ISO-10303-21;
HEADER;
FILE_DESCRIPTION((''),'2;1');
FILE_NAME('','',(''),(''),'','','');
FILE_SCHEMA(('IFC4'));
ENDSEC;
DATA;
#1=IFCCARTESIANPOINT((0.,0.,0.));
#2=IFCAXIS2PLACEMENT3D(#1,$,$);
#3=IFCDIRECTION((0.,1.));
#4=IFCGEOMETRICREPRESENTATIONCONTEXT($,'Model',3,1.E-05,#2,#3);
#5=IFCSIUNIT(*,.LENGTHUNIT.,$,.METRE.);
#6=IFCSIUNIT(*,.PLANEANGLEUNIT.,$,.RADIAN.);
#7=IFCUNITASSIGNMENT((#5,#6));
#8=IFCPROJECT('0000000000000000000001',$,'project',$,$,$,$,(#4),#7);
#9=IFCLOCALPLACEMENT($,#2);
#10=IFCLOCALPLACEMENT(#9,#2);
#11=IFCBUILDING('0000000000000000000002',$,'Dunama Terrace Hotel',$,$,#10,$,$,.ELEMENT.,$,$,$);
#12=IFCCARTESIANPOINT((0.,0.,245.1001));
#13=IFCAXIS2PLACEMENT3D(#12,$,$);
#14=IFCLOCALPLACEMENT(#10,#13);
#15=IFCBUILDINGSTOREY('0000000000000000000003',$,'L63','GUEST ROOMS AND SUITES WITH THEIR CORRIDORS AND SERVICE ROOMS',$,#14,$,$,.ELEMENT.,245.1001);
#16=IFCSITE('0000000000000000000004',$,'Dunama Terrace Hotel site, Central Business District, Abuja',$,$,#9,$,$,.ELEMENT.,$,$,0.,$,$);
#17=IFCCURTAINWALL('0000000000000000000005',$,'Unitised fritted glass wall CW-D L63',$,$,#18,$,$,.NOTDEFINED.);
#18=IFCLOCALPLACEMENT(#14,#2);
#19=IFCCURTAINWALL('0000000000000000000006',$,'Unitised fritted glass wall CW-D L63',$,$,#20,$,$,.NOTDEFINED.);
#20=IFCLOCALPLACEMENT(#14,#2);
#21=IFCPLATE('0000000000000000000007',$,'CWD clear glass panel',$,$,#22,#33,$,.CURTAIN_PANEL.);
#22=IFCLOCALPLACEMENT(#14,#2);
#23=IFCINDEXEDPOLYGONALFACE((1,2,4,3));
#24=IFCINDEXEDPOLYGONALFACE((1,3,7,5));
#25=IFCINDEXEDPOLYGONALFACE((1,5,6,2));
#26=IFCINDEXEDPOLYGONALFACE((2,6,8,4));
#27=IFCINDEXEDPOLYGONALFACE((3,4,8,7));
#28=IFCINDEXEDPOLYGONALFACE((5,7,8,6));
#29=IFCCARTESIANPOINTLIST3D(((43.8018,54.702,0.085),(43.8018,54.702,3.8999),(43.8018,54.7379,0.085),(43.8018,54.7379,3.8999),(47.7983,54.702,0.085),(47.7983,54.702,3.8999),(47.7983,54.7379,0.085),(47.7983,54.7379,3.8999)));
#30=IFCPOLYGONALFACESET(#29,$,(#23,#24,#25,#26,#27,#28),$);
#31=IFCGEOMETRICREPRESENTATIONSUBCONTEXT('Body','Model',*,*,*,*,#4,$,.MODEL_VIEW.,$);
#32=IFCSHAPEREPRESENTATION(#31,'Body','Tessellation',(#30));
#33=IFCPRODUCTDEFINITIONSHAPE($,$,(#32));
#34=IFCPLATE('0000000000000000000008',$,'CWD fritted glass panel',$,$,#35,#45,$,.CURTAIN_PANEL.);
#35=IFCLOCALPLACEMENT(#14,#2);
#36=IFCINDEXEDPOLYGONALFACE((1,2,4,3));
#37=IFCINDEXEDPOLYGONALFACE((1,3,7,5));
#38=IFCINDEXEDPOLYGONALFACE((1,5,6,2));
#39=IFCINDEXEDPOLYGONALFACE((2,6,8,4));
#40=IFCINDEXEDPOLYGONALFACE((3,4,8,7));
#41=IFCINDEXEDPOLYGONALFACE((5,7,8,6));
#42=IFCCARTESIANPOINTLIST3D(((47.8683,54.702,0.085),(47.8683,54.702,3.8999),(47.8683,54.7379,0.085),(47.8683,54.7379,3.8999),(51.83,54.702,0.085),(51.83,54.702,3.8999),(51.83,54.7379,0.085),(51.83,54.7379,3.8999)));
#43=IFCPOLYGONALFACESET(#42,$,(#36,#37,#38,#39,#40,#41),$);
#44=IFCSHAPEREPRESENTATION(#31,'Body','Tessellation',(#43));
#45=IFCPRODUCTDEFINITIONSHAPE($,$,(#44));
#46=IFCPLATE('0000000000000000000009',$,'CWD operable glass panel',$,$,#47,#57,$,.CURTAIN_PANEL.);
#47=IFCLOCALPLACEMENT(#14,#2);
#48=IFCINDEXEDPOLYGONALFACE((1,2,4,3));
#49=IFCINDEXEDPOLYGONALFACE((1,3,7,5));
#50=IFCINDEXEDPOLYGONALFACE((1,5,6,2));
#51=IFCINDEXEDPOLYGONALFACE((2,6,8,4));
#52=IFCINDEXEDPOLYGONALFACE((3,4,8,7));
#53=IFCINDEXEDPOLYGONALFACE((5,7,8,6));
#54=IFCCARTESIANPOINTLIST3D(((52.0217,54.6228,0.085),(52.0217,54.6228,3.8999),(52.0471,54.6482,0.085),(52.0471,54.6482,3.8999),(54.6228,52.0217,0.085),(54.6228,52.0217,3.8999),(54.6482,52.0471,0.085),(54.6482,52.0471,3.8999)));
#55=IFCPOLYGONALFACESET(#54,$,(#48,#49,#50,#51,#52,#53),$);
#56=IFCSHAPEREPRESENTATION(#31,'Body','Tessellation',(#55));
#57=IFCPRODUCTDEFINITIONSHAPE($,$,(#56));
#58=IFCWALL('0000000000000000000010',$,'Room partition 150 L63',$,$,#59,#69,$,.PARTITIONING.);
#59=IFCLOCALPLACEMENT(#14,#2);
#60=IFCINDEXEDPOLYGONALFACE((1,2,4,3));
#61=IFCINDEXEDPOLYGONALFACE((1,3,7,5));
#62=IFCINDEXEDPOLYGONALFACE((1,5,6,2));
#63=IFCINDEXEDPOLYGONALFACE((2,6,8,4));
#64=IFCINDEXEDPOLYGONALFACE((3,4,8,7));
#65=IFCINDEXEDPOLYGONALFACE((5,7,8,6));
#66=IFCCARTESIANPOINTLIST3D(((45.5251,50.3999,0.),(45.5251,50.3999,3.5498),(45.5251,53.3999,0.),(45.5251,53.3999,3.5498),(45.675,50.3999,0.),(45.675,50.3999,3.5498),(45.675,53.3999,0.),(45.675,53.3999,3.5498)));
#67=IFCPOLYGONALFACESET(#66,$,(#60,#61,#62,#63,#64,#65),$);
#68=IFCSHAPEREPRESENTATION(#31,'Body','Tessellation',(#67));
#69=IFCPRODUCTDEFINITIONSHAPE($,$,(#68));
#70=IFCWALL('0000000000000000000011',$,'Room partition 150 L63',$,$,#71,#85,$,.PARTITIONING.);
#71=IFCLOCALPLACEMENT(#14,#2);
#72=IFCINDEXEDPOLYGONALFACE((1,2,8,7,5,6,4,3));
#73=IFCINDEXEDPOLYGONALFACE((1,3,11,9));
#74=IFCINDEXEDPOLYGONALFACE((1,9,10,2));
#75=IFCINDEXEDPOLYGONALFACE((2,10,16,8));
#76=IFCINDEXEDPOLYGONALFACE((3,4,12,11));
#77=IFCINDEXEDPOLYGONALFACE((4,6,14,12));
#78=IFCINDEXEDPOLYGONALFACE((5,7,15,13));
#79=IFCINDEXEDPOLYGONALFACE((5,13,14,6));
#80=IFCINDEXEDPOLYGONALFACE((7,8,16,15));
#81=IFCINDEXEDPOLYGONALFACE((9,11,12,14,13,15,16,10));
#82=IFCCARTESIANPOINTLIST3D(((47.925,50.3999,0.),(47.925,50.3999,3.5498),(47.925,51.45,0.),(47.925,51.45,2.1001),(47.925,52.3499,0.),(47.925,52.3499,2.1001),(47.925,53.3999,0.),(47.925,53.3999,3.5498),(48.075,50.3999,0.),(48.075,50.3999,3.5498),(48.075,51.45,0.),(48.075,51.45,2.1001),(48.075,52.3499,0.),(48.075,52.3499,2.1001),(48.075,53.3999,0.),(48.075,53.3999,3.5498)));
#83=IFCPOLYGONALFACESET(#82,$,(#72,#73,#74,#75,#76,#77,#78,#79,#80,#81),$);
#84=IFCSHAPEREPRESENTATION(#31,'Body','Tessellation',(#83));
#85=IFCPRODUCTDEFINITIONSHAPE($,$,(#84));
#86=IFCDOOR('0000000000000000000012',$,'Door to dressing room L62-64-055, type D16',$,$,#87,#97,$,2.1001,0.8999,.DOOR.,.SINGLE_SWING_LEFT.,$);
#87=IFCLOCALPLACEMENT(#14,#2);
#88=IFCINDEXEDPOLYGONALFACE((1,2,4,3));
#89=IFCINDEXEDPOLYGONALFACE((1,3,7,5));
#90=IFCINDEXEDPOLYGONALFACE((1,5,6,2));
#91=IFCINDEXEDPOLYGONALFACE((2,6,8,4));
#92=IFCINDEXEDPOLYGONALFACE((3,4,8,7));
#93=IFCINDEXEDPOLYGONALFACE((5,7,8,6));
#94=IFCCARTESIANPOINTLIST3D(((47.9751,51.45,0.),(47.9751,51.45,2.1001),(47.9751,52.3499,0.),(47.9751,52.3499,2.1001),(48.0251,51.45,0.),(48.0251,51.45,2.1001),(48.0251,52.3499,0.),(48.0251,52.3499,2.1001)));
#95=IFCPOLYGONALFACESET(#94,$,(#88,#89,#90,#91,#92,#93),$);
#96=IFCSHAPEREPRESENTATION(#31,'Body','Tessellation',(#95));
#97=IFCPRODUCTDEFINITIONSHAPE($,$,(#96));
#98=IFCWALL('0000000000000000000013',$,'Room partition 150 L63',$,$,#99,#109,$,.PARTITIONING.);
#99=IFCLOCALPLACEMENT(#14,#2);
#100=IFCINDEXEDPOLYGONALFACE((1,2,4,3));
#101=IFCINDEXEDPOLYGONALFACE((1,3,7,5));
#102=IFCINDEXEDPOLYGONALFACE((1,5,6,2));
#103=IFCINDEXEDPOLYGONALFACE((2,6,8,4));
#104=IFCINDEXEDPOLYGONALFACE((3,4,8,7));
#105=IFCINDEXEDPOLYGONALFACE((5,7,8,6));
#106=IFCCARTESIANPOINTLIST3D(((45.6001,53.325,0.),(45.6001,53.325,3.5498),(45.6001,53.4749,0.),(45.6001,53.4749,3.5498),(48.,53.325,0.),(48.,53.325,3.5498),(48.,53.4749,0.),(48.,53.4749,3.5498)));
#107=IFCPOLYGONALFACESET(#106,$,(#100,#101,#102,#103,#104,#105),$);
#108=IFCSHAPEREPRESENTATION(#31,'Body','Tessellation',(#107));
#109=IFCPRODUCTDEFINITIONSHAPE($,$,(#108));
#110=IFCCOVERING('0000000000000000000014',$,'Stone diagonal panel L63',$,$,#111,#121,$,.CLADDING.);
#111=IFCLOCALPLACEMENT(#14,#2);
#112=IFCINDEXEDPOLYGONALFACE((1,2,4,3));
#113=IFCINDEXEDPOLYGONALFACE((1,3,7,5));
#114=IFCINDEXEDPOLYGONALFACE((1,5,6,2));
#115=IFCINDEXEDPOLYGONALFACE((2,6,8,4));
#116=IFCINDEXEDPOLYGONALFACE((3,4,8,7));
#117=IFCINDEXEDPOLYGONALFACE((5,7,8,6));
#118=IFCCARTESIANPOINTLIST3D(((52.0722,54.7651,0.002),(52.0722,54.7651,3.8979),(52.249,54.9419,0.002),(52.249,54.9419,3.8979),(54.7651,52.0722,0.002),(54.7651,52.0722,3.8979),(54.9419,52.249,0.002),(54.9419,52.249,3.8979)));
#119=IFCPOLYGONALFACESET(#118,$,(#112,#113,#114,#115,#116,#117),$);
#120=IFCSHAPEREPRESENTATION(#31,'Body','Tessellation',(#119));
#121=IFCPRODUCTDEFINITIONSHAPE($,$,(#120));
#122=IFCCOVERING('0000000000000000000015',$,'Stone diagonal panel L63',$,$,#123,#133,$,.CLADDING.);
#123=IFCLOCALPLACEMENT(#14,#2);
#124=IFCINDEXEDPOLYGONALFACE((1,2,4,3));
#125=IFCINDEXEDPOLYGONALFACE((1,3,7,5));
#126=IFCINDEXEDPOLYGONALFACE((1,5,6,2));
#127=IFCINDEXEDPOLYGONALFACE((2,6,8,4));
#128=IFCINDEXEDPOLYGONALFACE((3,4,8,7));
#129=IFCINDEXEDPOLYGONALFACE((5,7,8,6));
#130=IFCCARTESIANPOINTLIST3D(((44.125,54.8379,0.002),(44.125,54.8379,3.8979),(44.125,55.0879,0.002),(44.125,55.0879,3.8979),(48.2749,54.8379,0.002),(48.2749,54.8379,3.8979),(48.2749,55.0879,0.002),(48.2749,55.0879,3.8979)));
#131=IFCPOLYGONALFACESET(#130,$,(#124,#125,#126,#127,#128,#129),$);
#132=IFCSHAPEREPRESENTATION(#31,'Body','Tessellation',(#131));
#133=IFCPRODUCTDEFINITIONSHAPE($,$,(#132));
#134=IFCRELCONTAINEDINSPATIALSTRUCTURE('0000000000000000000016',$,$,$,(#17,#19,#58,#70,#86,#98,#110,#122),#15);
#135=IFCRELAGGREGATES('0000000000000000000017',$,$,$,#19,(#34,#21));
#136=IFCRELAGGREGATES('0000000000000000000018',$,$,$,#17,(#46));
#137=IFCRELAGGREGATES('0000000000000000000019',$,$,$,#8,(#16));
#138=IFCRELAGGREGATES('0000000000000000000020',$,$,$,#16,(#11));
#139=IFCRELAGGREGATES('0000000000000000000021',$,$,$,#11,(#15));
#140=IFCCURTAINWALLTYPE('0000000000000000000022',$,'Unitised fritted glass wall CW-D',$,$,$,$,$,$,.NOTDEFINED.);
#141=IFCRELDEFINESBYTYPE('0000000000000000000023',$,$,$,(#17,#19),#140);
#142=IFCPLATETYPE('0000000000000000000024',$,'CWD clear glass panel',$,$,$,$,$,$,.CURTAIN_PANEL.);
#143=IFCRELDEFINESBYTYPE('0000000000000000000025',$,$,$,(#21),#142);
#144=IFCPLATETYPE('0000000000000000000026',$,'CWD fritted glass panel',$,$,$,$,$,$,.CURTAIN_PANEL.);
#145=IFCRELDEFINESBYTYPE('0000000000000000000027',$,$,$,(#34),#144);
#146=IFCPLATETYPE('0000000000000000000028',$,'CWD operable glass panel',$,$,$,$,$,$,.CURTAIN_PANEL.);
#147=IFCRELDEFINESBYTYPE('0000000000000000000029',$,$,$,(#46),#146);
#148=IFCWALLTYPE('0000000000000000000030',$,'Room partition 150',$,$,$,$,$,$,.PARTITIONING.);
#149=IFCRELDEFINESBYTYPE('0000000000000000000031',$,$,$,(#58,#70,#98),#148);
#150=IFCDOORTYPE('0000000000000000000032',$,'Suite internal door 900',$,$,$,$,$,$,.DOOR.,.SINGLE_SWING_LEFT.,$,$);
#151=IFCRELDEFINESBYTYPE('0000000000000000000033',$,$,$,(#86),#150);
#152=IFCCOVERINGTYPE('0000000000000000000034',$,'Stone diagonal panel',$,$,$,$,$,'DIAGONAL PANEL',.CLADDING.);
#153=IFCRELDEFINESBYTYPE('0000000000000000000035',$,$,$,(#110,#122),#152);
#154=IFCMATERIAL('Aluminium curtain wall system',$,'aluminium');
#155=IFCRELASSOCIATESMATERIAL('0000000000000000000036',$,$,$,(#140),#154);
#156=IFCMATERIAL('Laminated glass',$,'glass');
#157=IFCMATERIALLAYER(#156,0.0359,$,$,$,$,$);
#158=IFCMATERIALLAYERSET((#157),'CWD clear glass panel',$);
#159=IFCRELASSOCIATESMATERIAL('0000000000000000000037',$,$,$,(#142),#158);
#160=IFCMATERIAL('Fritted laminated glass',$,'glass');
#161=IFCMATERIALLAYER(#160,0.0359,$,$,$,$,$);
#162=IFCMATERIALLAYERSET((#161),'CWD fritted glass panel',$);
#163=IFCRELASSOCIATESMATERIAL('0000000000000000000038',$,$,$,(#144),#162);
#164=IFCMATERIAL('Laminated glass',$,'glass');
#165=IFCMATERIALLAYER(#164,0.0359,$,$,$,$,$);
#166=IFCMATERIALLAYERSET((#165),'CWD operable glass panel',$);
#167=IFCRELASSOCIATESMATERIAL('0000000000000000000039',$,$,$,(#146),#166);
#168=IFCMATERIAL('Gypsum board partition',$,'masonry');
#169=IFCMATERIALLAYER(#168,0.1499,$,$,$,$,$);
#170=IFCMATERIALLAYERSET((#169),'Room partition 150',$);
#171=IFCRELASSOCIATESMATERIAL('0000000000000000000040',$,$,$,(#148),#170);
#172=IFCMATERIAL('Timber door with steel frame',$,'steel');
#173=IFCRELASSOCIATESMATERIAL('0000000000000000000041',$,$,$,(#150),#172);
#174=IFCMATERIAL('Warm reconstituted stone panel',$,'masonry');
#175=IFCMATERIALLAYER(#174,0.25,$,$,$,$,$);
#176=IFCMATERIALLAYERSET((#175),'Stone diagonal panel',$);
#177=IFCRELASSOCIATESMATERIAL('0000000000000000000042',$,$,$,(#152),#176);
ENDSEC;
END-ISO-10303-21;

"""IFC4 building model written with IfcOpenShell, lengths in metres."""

from ifc_helpers import new_model, si_unit, direction, frame, frame_2d, origin, origin_2d, place, context, subcontext, project, spatial, rectangle, extrude, material, layer, layer_set, type_object, element, fill, aggregate, save


model = new_model("IFC4")

# Units and contexts
model_context = context("Model", 3, precision=1e-05, world=origin(), true_north=direction((0.0, 1.0)))
body_context = subcontext(model_context, "Body", "Model", "MODEL_VIEW")
ifc_project = project(units=[si_unit("LENGTHUNIT", "METRE"), si_unit("PLANEANGLEUNIT", "RADIAN")], contexts=[model_context])

# Site, building, storey
site_placement = place(None, origin())
site = spatial("IfcSite", under=ifc_project, at=site_placement, Name="Dunama Terrace Hotel site, Central Business District, Abuja", CompositionType="ELEMENT", RefElevation=0.0)
building_placement = place(site_placement, origin())
building = spatial("IfcBuilding", under=site, at=building_placement, Name="Dunama Terrace Hotel", CompositionType="ELEMENT")
storey_placement = place(building_placement, frame((0.0, 0.0, 245.1001)))
storey = spatial("IfcBuildingStorey", under=building, at=storey_placement, Name="L63", Description="GUEST ROOMS AND SUITES WITH THEIR CORRIDORS AND SERVICE ROOMS", CompositionType="ELEMENT", Elevation=245.1001)

# Curtain walls
ifc_material_1 = material(Name="Aluminium curtain wall system", Category="aluminium")
curtain_wall_type = type_object("IfcCurtainWallType", Name="Unitised fritted glass wall CW-D", PredefinedType="NOTDEFINED", material=ifc_material_1)
curtain_wall_1_placement = place(storey_placement, origin())
curtain_wall_1 = element("IfcCurtainWall", 1, at=curtain_wall_1_placement, inside=storey, type_object=curtain_wall_type, Name="Unitised fritted glass wall CW-D L63", PredefinedType="NOTDEFINED")
curtain_wall_2_placement = place(storey_placement, origin())
curtain_wall_2 = element("IfcCurtainWall", 2, at=curtain_wall_2_placement, inside=storey, type_object=curtain_wall_type, Name="Unitised fritted glass wall CW-D L63", PredefinedType="NOTDEFINED")

# Plates
ifc_material_2 = material(Name="Laminated glass", Category="glass")
ifc_layer_1 = layer(ifc_material_2, 0.0359)
ifc_layer_set_1 = layer_set([ifc_layer_1], Name="CWD clear glass panel")
plate_type_1 = type_object("IfcPlateType", Name="CWD clear glass panel", PredefinedType="CURTAIN_PANEL", material=ifc_layer_set_1)
plate_1_placement = place(storey_placement, frame((45.8, 54.72, 0.085), z_axis=(0.0, 0.0, 1.0), x_axis=(-1.0, 0.0, 0.0)))
plate_1 = element("IfcPlate", 3, at=plate_1_placement, type_object=plate_type_1, Name="CWD clear glass panel", PredefinedType="CURTAIN_PANEL", context=body_context, shape_type="SweptSolid", body=[
    extrude(rectangle(XDim=3.9966, YDim=0.0359, at=origin_2d()), origin(), (0.0, 0.0, 1.0), 3.8149),
])
ifc_material_3 = material(Name="Fritted laminated glass", Category="glass")
ifc_layer_2 = layer(ifc_material_3, 0.0359)
ifc_layer_set_2 = layer_set([ifc_layer_2], Name="CWD fritted glass panel")
plate_type_2 = type_object("IfcPlateType", Name="CWD fritted glass panel", PredefinedType="CURTAIN_PANEL", material=ifc_layer_set_2)
plate_2_placement = place(storey_placement, frame((49.8491, 54.72, 0.085), z_axis=(0.0, 0.0, 1.0), x_axis=(-1.0, 0.0, 0.0)))
plate_2 = element("IfcPlate", 4, at=plate_2_placement, type_object=plate_type_2, Name="CWD fritted glass panel", PredefinedType="CURTAIN_PANEL", context=body_context, shape_type="SweptSolid", body=[
    extrude(rectangle(XDim=3.9617, YDim=0.0359, at=origin_2d()), origin(), (0.0, 0.0, 1.0), 3.8149),
])
aggregate(curtain_wall_2, [plate_2, plate_1])
ifc_material_4 = material(Name="Laminated glass", Category="glass")
ifc_layer_3 = layer(ifc_material_4, 0.0359)
ifc_layer_set_3 = layer_set([ifc_layer_3], Name="CWD operable glass panel")
plate_type_3 = type_object("IfcPlateType", Name="CWD operable glass panel", PredefinedType="CURTAIN_PANEL", material=ifc_layer_set_3)
plate_3_placement = place(storey_placement, frame((53.335, 53.335, 0.085), z_axis=(0.0, 0.0, 1.0), x_axis=(-0.707107, 0.707107, 0.0)))
plate_3 = element("IfcPlate", 5, at=plate_3_placement, type_object=plate_type_3, Name="CWD operable glass panel", PredefinedType="CURTAIN_PANEL", context=body_context, shape_type="SweptSolid", body=[
    extrude(rectangle(XDim=3.6785, YDim=0.0359, at=origin_2d()), origin(), (0.0, 0.0, 1.0), 3.8149),
])
aggregate(curtain_wall_1, [plate_3])

# Wall
ifc_material_5 = material(Name="Gypsum board partition", Category="masonry")
ifc_layer_4 = layer(ifc_material_5, 0.1499)
ifc_layer_set_4 = layer_set([ifc_layer_4], Name="Room partition 150")
wall_type = type_object("IfcWallType", Name="Room partition 150", PredefinedType="PARTITIONING", material=ifc_layer_set_4)
wall_1_placement = place(storey_placement, frame((45.6001, 50.3999, 0.0), z_axis=(0.0, 0.0, 1.0), x_axis=(0.0, 1.0, 0.0)))
element("IfcWall", 6, at=wall_1_placement, inside=storey, type_object=wall_type, Name="Room partition 150 L63", PredefinedType="PARTITIONING", context=body_context, shape_type="SweptSolid", body=[
    extrude(rectangle(XDim=3.0, YDim=0.1499, at=frame_2d((1.5, 0.0))), origin(), (0.0, 0.0, 1.0), 3.5498),
])

# Wall, opening, door
wall_2_placement = place(storey_placement, frame((48.0, 50.3999, 0.0), z_axis=(0.0, 0.0, 1.0), x_axis=(0.0, 1.0, 0.0)))
wall_2 = element("IfcWall", 7, at=wall_2_placement, inside=storey, type_object=wall_type, Name="Room partition 150 L63", PredefinedType="PARTITIONING", context=body_context, shape_type="SweptSolid", body=[
    extrude(rectangle(XDim=3.0, YDim=0.1499, at=frame_2d((1.5, 0.0))), origin(), (0.0, 0.0, 1.0), 3.5498),
])
opening_placement = place(wall_2_placement, frame((1.05, 0.0, 0.0)))
opening = element("IfcOpeningElement", 8, at=opening_placement, cuts=wall_2, PredefinedType="OPENING", context=body_context, shape_type="SweptSolid", body=[
    extrude(rectangle(XDim=0.8999, YDim=2.1001, at=frame_2d((0.45, 1.05))), frame((0.0, 0.085, 0.0), z_axis=(0.0, -1.0, 0.0), x_axis=(1.0, 0.0, 0.0)), (0.0, 0.0, 1.0), 0.1699),
])
ifc_material_6 = material(Name="Timber door with steel frame", Category="steel")
door_type = type_object("IfcDoorType", Name="Suite internal door 900", OperationType="SINGLE_SWING_LEFT", PredefinedType="DOOR", material=ifc_material_6)
door_placement = place(opening_placement, origin())
door = element("IfcDoor", 9, at=door_placement, inside=storey, type_object=door_type, Name="Door to dressing room L62-64-055, type D16", OperationType="SINGLE_SWING_LEFT", OverallHeight=2.1001, OverallWidth=0.8999, PredefinedType="DOOR", context=body_context, shape_type="SweptSolid", body=[
    extrude(rectangle(XDim=0.8999, YDim=2.1001, at=frame_2d((0.45, 1.05))), frame((0.0, 0.0249, 0.0), z_axis=(0.0, -1.0, 0.0), x_axis=(1.0, 0.0, 0.0)), (0.0, 0.0, 1.0), 0.05),
])
fill(opening, door)

# Wall
wall_3_placement = place(storey_placement, frame((45.6001, 53.3999, 0.0), z_axis=(0.0, 0.0, 1.0), x_axis=(1.0, 0.0, 0.0)))
element("IfcWall", 10, at=wall_3_placement, inside=storey, type_object=wall_type, Name="Room partition 150 L63", PredefinedType="PARTITIONING", context=body_context, shape_type="SweptSolid", body=[
    extrude(rectangle(XDim=2.3999, YDim=0.1499, at=frame_2d((1.2, 0.0))), origin(), (0.0, 0.0, 1.0), 3.5498),
])

# Coverings
ifc_material_7 = material(Name="Warm reconstituted stone panel", Category="masonry")
ifc_layer_5 = layer(ifc_material_7, 0.25)
ifc_layer_set_5 = layer_set([ifc_layer_5], Name="Stone diagonal panel")
covering_type = type_object("IfcCoveringType", Name="Stone diagonal panel", ElementType="DIAGONAL PANEL", PredefinedType="CLADDING", material=ifc_layer_set_5)
covering_1_placement = place(storey_placement, frame((53.5071, 53.5071, 0.002), z_axis=(0.0, 0.0, 1.0), x_axis=(-0.707107, 0.707107, 0.0)))
element("IfcCovering", 11, at=covering_1_placement, inside=storey, type_object=covering_type, Name="Stone diagonal panel L63", PredefinedType="CLADDING", context=body_context, shape_type="SweptSolid", body=[
    extrude(rectangle(XDim=3.8083, YDim=0.25, at=origin_2d()), origin(), (0.0, 0.0, 1.0), 3.896),
])
covering_2_placement = place(storey_placement, frame((46.2, 54.9629, 0.002), z_axis=(0.0, 0.0, 1.0), x_axis=(-1.0, 0.0, 0.0)))
element("IfcCovering", 12, at=covering_2_placement, inside=storey, type_object=covering_type, Name="Stone diagonal panel L63", PredefinedType="CLADDING", context=body_context, shape_type="SweptSolid", body=[
    extrude(rectangle(XDim=4.1499, YDim=0.25, at=origin_2d()), origin(), (0.0, 0.0, 1.0), 3.896),
])

save(model, "model.ifc")
